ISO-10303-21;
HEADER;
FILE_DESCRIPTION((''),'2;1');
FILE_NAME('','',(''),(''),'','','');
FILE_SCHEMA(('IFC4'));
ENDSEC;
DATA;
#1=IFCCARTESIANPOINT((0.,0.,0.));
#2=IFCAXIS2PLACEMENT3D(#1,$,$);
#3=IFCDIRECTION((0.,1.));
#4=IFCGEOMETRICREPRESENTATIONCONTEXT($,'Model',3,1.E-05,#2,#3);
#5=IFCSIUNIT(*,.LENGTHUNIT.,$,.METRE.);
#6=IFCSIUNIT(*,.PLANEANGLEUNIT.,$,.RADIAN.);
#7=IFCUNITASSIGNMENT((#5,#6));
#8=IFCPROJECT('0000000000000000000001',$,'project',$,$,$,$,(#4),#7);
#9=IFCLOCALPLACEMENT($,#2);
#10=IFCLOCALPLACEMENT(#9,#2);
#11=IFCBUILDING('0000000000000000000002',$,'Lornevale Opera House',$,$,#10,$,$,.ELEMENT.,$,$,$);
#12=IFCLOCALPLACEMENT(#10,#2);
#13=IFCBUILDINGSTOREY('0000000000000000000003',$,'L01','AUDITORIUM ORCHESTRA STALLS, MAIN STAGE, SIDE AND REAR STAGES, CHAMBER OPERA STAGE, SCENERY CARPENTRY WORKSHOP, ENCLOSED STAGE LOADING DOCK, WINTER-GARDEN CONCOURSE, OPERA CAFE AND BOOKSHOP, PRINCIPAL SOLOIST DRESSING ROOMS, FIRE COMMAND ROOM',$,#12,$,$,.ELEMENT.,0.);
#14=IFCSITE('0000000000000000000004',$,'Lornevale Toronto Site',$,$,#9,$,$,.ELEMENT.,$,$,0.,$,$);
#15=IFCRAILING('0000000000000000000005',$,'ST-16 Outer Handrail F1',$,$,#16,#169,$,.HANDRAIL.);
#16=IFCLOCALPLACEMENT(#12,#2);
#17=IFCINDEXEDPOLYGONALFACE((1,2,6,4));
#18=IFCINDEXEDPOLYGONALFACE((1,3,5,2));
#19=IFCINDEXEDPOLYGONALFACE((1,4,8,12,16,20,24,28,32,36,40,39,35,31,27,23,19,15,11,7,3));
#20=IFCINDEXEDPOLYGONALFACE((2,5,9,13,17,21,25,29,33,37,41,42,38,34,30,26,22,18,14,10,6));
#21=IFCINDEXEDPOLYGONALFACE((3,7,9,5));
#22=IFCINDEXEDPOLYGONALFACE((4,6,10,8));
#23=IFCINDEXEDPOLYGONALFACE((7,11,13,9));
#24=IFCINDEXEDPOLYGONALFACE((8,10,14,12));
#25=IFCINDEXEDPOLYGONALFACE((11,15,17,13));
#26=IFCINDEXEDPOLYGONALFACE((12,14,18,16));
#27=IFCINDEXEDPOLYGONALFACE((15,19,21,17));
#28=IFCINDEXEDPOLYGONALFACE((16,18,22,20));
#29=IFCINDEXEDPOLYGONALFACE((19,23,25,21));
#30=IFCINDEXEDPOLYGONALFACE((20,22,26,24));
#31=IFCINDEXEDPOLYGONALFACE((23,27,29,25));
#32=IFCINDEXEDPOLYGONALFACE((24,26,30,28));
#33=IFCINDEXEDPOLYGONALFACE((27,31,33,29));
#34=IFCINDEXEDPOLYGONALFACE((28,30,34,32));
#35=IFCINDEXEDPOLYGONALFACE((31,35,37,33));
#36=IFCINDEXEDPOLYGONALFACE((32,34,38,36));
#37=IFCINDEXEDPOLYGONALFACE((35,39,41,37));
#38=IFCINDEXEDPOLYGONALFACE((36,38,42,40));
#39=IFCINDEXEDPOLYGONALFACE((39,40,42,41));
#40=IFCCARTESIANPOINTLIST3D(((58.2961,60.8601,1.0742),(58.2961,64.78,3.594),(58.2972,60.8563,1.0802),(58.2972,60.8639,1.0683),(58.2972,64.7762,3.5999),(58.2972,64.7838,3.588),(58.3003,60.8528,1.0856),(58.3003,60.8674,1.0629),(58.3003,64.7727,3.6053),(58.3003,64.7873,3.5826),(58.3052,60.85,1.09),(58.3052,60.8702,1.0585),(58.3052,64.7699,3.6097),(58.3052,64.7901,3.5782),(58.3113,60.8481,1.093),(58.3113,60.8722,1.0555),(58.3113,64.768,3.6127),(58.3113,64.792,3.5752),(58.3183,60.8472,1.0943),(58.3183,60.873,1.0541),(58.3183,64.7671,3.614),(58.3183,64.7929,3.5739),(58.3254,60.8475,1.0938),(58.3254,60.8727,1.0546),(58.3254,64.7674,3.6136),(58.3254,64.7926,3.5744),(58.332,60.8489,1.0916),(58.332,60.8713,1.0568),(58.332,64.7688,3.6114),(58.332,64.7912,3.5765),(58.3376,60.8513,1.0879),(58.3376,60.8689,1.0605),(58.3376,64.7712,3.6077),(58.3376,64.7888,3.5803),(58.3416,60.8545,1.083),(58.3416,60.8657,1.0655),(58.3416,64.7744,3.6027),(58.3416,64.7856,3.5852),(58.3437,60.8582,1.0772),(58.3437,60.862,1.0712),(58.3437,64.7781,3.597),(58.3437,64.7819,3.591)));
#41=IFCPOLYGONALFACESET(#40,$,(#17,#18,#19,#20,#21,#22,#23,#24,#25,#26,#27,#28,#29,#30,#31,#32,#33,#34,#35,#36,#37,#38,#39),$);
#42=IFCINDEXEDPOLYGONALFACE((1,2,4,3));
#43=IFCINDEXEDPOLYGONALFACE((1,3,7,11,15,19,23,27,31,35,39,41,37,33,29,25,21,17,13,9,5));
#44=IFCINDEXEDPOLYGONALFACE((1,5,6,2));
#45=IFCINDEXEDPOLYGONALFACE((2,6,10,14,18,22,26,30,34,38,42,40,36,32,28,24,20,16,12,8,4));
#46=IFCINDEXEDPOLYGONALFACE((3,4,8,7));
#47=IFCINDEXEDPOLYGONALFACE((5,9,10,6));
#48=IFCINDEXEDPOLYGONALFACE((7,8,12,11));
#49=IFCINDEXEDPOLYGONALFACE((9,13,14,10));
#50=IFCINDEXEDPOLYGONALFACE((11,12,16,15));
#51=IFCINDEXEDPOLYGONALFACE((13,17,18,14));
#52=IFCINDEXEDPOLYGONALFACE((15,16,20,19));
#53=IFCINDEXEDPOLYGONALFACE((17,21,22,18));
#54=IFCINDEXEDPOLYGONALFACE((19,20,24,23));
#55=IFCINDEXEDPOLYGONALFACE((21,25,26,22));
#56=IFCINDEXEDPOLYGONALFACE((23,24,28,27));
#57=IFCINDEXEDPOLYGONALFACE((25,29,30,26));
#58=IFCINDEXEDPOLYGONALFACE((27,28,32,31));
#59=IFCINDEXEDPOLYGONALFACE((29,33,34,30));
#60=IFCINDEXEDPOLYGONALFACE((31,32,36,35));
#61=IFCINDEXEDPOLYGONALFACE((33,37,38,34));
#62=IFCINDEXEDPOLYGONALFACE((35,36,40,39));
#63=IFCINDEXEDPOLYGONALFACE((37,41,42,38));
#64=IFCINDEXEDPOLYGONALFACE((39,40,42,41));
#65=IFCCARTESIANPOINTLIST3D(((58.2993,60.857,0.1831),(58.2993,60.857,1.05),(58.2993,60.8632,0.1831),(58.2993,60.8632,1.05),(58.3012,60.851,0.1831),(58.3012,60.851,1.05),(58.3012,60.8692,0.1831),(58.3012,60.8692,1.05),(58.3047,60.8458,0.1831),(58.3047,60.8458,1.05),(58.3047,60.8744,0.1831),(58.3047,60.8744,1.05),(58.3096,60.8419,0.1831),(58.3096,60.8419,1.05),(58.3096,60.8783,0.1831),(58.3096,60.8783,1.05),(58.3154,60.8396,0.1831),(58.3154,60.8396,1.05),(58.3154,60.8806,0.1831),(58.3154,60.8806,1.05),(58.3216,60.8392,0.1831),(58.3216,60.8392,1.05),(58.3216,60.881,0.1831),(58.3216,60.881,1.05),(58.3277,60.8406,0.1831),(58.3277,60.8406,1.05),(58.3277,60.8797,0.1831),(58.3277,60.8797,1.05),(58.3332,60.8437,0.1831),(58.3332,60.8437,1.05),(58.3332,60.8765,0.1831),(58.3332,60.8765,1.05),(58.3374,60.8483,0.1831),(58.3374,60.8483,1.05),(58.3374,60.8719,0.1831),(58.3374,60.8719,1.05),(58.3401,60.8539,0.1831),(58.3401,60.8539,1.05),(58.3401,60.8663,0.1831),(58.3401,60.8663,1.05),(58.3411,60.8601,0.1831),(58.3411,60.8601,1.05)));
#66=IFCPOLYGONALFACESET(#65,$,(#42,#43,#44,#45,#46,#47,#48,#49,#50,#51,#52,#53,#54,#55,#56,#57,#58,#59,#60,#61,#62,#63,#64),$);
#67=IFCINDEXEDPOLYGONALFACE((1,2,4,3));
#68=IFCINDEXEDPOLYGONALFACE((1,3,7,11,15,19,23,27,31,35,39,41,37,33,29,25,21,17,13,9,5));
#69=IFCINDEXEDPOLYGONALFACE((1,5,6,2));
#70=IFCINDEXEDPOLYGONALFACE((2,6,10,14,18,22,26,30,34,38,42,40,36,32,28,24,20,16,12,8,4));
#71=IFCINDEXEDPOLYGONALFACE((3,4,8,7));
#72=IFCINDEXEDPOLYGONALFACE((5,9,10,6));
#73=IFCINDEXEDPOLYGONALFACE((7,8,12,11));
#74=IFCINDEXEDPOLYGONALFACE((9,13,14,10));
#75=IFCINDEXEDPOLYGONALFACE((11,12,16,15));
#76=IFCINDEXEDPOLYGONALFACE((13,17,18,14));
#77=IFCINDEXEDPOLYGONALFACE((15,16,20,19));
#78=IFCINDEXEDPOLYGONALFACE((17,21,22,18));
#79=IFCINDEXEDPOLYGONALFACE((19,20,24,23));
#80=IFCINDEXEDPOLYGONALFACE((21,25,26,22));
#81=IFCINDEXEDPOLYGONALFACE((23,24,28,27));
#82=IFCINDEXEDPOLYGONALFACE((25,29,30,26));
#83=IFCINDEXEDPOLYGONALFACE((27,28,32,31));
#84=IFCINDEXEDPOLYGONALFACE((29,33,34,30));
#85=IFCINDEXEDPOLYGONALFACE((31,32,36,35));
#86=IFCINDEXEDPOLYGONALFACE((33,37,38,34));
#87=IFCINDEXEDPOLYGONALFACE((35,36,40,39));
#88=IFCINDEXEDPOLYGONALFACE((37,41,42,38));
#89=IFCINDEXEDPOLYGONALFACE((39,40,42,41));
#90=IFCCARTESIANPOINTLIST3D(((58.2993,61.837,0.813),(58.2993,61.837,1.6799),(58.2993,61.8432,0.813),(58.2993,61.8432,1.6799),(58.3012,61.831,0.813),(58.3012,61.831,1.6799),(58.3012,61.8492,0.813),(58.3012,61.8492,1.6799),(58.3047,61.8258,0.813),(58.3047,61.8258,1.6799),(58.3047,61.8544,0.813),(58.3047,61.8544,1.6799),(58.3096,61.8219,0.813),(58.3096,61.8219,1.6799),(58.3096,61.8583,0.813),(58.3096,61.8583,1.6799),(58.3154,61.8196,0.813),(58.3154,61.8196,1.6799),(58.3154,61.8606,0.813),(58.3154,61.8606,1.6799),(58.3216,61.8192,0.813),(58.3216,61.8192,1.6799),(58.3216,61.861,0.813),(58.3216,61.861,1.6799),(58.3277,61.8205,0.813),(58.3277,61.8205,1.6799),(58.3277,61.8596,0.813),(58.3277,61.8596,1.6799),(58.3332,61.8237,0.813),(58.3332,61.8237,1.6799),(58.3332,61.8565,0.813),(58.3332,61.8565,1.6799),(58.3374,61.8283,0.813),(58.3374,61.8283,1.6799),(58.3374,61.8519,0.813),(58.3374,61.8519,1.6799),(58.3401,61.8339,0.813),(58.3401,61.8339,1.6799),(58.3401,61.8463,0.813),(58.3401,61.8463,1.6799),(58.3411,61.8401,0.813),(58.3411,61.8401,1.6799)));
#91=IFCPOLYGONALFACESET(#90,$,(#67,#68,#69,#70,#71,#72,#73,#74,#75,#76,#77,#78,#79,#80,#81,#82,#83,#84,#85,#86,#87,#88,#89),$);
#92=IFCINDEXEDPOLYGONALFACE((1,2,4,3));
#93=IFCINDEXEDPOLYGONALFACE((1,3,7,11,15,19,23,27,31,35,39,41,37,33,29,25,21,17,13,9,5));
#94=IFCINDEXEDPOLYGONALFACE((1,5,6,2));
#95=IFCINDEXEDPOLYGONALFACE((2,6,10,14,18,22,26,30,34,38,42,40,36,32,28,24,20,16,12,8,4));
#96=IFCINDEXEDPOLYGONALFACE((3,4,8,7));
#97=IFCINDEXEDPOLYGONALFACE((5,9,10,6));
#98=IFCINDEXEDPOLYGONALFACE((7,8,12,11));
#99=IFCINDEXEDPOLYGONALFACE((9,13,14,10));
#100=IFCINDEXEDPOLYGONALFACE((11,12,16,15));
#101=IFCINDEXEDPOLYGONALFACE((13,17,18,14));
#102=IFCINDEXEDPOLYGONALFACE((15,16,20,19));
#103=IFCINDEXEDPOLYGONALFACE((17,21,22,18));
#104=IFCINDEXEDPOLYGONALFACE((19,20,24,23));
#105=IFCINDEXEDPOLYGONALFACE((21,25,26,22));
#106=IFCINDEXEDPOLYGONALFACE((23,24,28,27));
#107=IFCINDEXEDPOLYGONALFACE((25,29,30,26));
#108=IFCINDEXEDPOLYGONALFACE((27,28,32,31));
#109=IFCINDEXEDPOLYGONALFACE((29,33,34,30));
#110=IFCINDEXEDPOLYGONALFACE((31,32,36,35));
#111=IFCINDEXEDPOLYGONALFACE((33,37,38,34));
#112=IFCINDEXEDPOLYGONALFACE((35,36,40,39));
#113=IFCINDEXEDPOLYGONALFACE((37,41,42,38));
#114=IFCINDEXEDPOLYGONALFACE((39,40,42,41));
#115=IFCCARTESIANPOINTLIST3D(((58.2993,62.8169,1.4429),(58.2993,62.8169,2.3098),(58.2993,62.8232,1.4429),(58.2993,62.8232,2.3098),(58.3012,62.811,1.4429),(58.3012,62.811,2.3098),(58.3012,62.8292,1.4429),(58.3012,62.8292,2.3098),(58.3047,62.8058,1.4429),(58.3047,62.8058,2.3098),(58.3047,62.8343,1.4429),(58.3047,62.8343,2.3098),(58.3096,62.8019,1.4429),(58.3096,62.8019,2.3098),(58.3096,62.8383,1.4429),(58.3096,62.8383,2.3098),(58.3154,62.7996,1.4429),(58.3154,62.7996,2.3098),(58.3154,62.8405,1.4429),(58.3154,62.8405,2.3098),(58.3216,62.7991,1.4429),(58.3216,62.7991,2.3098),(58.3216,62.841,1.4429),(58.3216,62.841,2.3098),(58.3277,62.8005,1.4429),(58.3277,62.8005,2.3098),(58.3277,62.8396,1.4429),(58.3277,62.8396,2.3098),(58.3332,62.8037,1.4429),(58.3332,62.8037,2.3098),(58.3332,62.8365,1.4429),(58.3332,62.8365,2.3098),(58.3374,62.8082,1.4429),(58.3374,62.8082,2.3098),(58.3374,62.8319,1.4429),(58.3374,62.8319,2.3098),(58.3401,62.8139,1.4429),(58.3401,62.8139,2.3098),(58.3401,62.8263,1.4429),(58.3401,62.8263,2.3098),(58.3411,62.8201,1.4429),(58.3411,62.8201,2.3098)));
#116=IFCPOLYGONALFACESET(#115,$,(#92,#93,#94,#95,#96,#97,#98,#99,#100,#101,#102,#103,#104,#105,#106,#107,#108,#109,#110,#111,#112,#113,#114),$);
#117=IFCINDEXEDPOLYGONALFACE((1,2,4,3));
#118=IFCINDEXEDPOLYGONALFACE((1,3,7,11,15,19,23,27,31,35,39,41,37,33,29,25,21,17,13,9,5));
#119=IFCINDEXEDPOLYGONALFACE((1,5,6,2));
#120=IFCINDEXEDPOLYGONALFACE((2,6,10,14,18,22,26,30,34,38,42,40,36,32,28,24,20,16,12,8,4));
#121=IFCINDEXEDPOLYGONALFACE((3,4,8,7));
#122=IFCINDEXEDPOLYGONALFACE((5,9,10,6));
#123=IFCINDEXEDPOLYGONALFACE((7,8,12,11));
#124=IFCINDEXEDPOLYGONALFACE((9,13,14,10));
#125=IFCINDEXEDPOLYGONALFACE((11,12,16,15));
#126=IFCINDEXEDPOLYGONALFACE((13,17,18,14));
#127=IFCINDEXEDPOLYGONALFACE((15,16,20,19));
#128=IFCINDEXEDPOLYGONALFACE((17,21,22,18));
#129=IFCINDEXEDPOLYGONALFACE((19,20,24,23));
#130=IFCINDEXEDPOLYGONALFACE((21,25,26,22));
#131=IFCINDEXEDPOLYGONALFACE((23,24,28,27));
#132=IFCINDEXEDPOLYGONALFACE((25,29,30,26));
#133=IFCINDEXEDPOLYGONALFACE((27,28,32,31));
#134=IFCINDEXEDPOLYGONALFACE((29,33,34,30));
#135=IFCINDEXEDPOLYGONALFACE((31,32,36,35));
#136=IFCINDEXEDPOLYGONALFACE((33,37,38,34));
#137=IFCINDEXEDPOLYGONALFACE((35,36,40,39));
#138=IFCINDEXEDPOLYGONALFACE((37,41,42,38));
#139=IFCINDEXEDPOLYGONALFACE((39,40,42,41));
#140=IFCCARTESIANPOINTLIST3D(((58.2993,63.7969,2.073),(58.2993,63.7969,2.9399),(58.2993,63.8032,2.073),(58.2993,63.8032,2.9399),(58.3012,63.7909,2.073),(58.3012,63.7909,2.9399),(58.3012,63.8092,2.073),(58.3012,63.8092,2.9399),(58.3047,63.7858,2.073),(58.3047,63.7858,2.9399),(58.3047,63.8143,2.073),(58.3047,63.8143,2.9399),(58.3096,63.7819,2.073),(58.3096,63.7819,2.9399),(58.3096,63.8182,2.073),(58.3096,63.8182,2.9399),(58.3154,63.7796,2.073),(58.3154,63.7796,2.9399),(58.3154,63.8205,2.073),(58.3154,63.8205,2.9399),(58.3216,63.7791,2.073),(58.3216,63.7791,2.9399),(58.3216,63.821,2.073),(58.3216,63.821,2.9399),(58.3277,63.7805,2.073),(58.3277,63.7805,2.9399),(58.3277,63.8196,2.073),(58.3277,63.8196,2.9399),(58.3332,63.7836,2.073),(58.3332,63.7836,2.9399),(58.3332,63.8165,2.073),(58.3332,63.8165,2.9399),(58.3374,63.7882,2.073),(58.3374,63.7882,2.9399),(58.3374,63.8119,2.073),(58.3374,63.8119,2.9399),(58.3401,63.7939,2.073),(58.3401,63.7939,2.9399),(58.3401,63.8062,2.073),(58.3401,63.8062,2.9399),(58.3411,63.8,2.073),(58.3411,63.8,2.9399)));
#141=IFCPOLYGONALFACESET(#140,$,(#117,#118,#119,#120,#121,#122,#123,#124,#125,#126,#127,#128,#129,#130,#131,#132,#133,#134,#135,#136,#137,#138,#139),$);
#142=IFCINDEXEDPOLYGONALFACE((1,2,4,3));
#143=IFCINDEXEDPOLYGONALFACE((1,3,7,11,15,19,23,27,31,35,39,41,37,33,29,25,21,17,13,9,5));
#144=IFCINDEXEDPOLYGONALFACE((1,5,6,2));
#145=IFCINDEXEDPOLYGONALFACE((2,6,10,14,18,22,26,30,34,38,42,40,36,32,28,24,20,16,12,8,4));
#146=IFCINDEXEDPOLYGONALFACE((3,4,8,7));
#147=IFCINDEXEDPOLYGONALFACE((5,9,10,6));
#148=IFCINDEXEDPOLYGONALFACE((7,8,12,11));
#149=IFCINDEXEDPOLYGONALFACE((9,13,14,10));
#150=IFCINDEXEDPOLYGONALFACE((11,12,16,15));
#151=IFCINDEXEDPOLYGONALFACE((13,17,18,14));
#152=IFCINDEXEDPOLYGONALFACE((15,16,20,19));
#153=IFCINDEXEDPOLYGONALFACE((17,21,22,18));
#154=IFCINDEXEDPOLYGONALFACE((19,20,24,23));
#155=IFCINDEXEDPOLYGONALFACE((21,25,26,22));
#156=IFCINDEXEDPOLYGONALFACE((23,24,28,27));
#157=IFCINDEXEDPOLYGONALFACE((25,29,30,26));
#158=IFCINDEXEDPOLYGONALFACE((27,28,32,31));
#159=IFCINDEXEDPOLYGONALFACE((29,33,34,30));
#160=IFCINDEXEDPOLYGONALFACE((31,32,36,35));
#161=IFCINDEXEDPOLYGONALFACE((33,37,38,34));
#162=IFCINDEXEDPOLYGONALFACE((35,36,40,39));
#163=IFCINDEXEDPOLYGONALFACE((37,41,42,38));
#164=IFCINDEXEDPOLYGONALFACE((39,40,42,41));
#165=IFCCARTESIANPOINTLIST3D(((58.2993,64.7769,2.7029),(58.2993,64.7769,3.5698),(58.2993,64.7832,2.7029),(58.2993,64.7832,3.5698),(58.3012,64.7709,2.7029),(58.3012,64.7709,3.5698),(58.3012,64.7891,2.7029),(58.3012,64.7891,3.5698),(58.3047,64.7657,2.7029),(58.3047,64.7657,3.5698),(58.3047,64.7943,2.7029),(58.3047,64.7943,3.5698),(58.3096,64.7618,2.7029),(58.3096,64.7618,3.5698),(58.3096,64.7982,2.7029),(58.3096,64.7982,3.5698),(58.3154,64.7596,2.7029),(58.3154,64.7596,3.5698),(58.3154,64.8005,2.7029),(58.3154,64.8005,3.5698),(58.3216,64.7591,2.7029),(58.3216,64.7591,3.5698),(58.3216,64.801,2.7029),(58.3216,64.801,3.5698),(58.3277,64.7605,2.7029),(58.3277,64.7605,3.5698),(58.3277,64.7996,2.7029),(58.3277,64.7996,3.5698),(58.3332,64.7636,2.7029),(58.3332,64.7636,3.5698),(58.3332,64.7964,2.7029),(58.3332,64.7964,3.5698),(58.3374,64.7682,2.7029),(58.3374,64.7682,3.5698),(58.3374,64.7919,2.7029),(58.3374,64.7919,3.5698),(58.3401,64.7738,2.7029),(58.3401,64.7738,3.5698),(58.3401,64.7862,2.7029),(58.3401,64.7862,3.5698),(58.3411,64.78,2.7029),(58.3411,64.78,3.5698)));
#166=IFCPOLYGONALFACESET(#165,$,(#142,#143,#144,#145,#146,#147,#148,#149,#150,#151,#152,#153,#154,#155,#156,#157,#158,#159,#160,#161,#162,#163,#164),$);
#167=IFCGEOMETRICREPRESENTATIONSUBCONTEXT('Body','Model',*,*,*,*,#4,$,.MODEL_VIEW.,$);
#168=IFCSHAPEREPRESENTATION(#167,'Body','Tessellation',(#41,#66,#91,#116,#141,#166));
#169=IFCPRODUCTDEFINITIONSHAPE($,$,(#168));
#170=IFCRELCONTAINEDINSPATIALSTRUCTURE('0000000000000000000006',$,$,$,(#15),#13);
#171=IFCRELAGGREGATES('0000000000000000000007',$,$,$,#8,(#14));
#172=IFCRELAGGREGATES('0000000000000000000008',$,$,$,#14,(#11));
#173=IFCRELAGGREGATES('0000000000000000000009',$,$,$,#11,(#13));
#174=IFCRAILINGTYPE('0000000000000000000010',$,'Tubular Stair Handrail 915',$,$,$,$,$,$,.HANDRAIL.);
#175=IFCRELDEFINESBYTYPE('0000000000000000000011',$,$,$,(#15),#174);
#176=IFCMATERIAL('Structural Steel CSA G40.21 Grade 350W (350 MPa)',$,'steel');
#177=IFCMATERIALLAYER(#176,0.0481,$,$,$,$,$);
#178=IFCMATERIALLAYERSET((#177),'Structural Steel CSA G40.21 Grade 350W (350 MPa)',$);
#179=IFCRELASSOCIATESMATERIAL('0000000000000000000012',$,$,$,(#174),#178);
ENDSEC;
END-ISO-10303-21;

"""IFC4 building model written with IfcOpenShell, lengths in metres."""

from ifc_helpers import new_model, si_unit, direction, frame, origin, origin_2d, place, context, subcontext, project, spatial, circle, extrude, material, layer, layer_set, type_object, element, save


model = new_model("IFC4")

# Units and contexts
model_context = context("Model", 3, precision=1e-05, world=origin(), true_north=direction((0.0, 1.0)))
body_context = subcontext(model_context, "Body", "Model", "MODEL_VIEW")
ifc_project = project(units=[si_unit("LENGTHUNIT", "METRE"), si_unit("PLANEANGLEUNIT", "RADIAN")], contexts=[model_context])

# Site, building, storey
site_placement = place(None, origin())
site = spatial("IfcSite", under=ifc_project, at=site_placement, Name="Lornevale Toronto Site", CompositionType="ELEMENT", RefElevation=0.0)
building_placement = place(site_placement, origin())
building = spatial("IfcBuilding", under=site, at=building_placement, Name="Lornevale Opera House", CompositionType="ELEMENT")
storey_placement = place(building_placement, origin())
storey = spatial("IfcBuildingStorey", under=building, at=storey_placement, Name="L01", Description="AUDITORIUM ORCHESTRA STALLS, MAIN STAGE, SIDE AND REAR STAGES, CHAMBER OPERA STAGE, SCENERY CARPENTRY WORKSHOP, ENCLOSED STAGE LOADING DOCK, WINTER-GARDEN CONCOURSE, OPERA CAFE AND BOOKSHOP, PRINCIPAL SOLOIST DRESSING ROOMS, FIRE COMMAND ROOM", CompositionType="ELEMENT", Elevation=0.0)

# Railing
ifc_material_1 = material(Name="Structural Steel CSA G40.21 Grade 350W (350 MPa)", Category="steel")
ifc_layer_1 = layer(ifc_material_1, 0.0481)
ifc_layer_set_1 = layer_set([ifc_layer_1], Name="Structural Steel CSA G40.21 Grade 350W (350 MPa)")
railing_type_1 = type_object("IfcRailingType", Name="Tubular Stair Handrail 915", PredefinedType="HANDRAIL", material=ifc_layer_set_1)
railing_1_placement = place(storey_placement, frame((58.3201, 60.8601, 0.1831)))
element("IfcRailing", 1, at=railing_1_placement, inside=storey, type_object=railing_type_1, Name="ST-16 Outer Handrail F1", PredefinedType="HANDRAIL", context=body_context, shape_type="SweptSolid", body=[
    extrude(circle(Radius=0.0239, at=origin_2d()), frame((0.0, 0.0, 0.8911), z_axis=(0.0, 0.841195, 0.540731), x_axis=(-1.0, 0.0, 0.0)), (0.0, 0.0, 1.0), 4.6599),
    extrude(circle(Radius=0.021, at=origin_2d()), origin(), (0.0, 0.0, 1.0), 0.8669),
    extrude(circle(Radius=0.021, at=origin_2d()), frame((0.0, 0.98, 0.6299)), (0.0, 0.0, 1.0), 0.8669),
    extrude(circle(Radius=0.021, at=origin_2d()), frame((0.0, 1.96, 1.2598)), (0.0, 0.0, 1.0), 0.8669),
    extrude(circle(Radius=0.021, at=origin_2d()), frame((0.0, 2.9399, 1.8899)), (0.0, 0.0, 1.0), 0.8669),
    extrude(circle(Radius=0.021, at=origin_2d()), frame((0.0, 3.9199, 2.5198)), (0.0, 0.0, 1.0), 0.8669),
])

save(model, "model.ifc")
